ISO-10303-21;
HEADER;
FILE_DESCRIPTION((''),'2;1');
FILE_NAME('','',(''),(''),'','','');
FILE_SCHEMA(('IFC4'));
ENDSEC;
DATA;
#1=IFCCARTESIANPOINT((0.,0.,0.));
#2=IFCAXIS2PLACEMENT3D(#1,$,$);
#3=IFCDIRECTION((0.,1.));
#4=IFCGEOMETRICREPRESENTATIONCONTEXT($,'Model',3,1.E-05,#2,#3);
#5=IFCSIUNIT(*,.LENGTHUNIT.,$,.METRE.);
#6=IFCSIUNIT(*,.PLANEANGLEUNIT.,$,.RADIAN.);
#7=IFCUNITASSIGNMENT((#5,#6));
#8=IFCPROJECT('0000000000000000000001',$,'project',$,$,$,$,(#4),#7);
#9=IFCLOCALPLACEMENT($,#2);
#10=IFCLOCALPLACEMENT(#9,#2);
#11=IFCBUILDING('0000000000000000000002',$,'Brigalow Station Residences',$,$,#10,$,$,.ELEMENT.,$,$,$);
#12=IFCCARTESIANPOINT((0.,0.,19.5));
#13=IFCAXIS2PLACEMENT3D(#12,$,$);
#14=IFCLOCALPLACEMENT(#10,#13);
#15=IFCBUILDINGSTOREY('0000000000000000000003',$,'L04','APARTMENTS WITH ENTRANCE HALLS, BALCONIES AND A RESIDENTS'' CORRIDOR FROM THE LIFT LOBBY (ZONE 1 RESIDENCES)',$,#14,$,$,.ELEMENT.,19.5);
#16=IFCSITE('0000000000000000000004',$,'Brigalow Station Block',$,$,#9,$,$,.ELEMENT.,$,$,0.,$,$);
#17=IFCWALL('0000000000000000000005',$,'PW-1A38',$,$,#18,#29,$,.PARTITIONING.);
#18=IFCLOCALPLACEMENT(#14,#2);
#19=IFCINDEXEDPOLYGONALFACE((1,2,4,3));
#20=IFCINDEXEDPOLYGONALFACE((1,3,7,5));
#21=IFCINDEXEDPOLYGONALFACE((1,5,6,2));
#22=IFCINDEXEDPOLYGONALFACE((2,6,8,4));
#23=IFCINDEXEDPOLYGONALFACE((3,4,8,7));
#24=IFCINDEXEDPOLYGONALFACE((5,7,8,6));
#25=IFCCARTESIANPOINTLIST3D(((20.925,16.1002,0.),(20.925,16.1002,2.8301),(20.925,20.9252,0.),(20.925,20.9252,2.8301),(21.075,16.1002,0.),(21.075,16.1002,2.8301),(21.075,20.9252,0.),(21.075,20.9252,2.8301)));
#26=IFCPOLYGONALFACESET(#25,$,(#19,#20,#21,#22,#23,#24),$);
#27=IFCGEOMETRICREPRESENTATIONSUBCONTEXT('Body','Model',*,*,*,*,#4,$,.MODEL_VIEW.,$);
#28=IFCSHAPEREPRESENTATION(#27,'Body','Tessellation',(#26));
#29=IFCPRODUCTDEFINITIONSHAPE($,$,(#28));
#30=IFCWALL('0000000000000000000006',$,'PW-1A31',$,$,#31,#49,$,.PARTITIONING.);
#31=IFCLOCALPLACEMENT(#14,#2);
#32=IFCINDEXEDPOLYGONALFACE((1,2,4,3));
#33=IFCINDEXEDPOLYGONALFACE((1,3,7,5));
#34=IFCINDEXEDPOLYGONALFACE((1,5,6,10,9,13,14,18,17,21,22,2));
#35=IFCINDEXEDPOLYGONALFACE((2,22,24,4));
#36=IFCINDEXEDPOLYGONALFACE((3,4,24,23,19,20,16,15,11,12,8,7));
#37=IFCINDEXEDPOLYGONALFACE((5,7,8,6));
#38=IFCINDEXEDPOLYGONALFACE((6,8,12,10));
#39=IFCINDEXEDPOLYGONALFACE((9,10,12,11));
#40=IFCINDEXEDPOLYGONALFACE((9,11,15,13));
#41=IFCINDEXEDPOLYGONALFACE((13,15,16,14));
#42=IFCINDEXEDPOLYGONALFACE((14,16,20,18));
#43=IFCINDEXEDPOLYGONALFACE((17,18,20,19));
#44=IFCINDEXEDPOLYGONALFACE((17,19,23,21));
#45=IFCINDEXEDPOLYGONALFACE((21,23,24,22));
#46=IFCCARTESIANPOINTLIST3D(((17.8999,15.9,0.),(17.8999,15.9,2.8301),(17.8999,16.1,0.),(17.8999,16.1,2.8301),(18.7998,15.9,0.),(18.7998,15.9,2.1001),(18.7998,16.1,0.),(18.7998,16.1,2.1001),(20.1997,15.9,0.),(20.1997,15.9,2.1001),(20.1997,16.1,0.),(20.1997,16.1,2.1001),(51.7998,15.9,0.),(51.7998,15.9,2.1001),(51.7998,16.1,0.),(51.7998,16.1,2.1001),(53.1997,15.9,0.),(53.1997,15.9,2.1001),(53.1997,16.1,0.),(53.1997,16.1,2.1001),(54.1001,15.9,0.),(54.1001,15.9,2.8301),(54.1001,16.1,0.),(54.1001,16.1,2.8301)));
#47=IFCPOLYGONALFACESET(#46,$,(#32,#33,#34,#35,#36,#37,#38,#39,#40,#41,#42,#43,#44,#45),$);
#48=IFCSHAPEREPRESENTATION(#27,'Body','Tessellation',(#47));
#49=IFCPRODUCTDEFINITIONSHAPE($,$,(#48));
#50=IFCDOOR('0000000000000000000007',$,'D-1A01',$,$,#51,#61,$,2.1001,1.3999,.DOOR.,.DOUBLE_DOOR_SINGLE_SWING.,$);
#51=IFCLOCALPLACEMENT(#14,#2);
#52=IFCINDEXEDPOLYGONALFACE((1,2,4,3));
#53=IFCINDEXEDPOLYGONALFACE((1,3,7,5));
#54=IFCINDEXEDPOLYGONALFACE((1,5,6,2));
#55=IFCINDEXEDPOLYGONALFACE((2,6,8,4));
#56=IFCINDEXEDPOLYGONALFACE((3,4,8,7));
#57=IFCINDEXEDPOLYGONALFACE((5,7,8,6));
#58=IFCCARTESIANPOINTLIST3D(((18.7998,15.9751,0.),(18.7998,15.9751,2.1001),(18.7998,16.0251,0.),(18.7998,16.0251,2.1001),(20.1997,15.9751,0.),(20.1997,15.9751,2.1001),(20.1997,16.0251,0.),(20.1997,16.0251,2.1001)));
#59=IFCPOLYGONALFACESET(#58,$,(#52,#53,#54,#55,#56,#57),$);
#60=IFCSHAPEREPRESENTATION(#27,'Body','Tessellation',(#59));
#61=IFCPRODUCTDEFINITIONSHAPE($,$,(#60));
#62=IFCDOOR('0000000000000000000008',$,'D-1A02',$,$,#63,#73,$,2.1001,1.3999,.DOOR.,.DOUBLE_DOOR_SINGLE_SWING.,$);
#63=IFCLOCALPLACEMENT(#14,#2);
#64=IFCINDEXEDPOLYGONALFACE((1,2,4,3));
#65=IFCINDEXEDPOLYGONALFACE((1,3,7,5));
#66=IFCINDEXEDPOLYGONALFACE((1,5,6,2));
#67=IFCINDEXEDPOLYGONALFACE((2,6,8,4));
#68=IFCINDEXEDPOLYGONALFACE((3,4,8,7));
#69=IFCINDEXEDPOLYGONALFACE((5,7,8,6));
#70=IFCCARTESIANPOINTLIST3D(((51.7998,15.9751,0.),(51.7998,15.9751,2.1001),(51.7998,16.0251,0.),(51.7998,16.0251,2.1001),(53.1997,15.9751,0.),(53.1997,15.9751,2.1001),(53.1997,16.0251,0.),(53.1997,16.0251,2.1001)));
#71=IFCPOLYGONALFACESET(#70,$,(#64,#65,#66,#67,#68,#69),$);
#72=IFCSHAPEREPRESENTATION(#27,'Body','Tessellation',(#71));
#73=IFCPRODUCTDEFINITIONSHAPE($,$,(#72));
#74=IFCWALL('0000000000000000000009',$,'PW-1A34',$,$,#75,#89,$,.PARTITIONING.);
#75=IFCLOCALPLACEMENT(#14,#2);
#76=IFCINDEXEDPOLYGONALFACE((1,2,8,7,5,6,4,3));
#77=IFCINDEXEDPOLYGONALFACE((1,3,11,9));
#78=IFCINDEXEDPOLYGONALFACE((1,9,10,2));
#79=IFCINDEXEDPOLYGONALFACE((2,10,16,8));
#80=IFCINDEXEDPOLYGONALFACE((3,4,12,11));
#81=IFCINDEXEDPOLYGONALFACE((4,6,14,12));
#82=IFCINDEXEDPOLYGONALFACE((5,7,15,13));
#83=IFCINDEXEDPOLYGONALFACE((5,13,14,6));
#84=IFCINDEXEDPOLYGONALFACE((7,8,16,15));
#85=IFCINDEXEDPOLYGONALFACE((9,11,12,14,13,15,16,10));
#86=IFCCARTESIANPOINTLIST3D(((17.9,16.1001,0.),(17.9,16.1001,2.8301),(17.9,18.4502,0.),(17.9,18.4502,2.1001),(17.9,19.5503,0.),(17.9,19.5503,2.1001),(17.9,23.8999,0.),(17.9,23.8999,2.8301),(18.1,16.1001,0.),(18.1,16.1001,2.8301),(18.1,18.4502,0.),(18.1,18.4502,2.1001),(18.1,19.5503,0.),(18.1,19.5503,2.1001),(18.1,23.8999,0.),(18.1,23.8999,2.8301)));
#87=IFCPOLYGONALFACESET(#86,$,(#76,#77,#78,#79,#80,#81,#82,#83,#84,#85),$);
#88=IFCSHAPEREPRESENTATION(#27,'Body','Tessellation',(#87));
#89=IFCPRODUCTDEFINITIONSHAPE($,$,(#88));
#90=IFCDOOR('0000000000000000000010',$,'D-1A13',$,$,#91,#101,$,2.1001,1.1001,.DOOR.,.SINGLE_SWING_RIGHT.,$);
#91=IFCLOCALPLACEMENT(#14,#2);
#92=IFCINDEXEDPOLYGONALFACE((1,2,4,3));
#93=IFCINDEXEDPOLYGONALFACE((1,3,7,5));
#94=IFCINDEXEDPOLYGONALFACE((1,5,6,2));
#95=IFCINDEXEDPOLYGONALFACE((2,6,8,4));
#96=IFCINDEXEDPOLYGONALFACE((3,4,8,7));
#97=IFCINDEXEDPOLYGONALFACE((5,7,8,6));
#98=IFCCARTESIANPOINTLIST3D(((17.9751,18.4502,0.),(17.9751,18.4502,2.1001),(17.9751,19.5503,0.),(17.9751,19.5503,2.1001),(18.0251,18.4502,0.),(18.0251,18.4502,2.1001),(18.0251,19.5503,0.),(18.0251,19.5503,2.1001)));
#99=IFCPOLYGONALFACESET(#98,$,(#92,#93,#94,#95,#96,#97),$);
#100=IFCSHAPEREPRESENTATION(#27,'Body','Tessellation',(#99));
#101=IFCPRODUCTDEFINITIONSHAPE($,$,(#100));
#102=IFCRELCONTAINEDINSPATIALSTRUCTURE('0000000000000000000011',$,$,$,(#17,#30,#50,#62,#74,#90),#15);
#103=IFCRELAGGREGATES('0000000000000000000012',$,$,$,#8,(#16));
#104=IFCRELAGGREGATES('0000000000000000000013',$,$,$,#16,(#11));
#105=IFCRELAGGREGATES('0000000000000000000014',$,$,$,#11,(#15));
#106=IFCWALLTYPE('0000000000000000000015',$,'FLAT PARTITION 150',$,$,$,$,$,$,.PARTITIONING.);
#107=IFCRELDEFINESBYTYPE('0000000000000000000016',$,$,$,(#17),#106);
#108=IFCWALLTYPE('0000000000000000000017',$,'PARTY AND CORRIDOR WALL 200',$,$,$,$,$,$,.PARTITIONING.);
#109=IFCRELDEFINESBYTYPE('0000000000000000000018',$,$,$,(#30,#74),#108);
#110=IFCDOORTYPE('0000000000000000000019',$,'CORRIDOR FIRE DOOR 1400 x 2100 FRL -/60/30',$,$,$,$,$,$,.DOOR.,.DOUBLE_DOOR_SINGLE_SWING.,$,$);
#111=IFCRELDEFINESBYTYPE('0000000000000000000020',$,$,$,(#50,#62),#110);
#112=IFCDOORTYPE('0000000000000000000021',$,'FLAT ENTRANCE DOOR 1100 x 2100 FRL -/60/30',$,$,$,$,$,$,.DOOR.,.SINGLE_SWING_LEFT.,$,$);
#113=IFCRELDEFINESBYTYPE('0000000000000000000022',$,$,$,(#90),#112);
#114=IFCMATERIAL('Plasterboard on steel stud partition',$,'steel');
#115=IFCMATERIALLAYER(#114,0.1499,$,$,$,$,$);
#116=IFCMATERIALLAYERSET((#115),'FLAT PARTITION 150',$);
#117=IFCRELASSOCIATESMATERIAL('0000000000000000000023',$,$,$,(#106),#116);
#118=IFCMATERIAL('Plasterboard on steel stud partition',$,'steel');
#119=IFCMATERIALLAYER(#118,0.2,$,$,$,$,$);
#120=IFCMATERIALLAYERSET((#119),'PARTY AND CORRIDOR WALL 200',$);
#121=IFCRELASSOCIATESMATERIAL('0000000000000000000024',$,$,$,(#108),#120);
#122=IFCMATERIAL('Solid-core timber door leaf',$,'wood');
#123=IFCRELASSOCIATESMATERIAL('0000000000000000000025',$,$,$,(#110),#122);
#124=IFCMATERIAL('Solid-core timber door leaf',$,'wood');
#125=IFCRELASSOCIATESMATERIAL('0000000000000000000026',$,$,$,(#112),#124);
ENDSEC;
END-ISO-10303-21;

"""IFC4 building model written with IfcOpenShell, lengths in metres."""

from ifc_helpers import new_model, si_unit, direction, frame, frame_2d, origin, place, context, subcontext, project, spatial, rectangle, extrude, material, layer, layer_set, type_object, element, fill, save


model = new_model("IFC4")

# Units and contexts
model_context = context("Model", 3, precision=1e-05, world=origin(), true_north=direction((0.0, 1.0)))
body_context = subcontext(model_context, "Body", "Model", "MODEL_VIEW")
ifc_project = project(units=[si_unit("LENGTHUNIT", "METRE"), si_unit("PLANEANGLEUNIT", "RADIAN")], contexts=[model_context])

# Site, building, storey
site_placement = place(None, origin())
site = spatial("IfcSite", under=ifc_project, at=site_placement, Name="Brigalow Station Block", CompositionType="ELEMENT", RefElevation=0.0)
building_placement = place(site_placement, origin())
building = spatial("IfcBuilding", under=site, at=building_placement, Name="Brigalow Station Residences", CompositionType="ELEMENT")
storey_placement = place(building_placement, frame((0.0, 0.0, 19.5)))
storey = spatial("IfcBuildingStorey", under=building, at=storey_placement, Name="L04", Description="APARTMENTS WITH ENTRANCE HALLS, BALCONIES AND A RESIDENTS' CORRIDOR FROM THE LIFT LOBBY (ZONE 1 RESIDENCES)", CompositionType="ELEMENT", Elevation=19.5)

# Shared definitions
ifc_material_1 = material(Name="Plasterboard on steel stud partition", Category="steel")
ifc_layer_1 = layer(ifc_material_1, 0.1499)
ifc_layer_set_1 = layer_set([ifc_layer_1], Name="FLAT PARTITION 150")
wall_type_1 = type_object("IfcWallType", Name="FLAT PARTITION 150", PredefinedType="PARTITIONING", material=ifc_layer_set_1)

# Wall
wall_1_placement = place(storey_placement, frame((21.0, 16.1001, 0.0), z_axis=(0.0, 0.0, 1.0), x_axis=(0.0, 1.0, 0.0)))
element("IfcWall", 1, at=wall_1_placement, inside=storey, type_object=wall_type_1, Name="PW-1A38", PredefinedType="PARTITIONING", context=body_context, shape_type="SweptSolid", body=[
    extrude(rectangle(XDim=4.825, YDim=0.1499, at=frame_2d((2.4126, 0.0))), origin(), (0.0, 0.0, 1.0), 2.8301),
])

# Wall, openings, doors
ifc_material_2 = material(Name="Plasterboard on steel stud partition", Category="steel")
ifc_layer_2 = layer(ifc_material_2, 0.2)
ifc_layer_set_2 = layer_set([ifc_layer_2], Name="PARTY AND CORRIDOR WALL 200")
wall_type_2 = type_object("IfcWallType", Name="PARTY AND CORRIDOR WALL 200", PredefinedType="PARTITIONING", material=ifc_layer_set_2)
wall_2_placement = place(storey_placement, frame((17.8999, 16.0, 0.0), z_axis=(0.0, 0.0, 1.0), x_axis=(1.0, 0.0, 0.0)))
wall_2 = element("IfcWall", 2, at=wall_2_placement, inside=storey, type_object=wall_type_2, Name="PW-1A31", PredefinedType="PARTITIONING", context=body_context, shape_type="SweptSolid", body=[
    extrude(rectangle(XDim=36.2002, YDim=0.2, at=frame_2d((18.1001, 0.0))), origin(), (0.0, 0.0, 1.0), 2.8301),
])
opening_1_placement = place(wall_2_placement, frame((0.8999, 0.0, 0.0)))
opening_1 = element("IfcOpeningElement", 3, at=opening_1_placement, cuts=wall_2, PredefinedType="OPENING", context=body_context, shape_type="SweptSolid", body=[
    extrude(rectangle(XDim=1.3999, YDim=2.1001, at=frame_2d((0.7, 1.05))), frame((0.0, 0.1099, 0.0), z_axis=(0.0, -1.0, 0.0), x_axis=(1.0, 0.0, 0.0)), (0.0, 0.0, 1.0), 0.22),
])
opening_2_placement = place(wall_2_placement, frame((33.8999, 0.0, 0.0)))
opening_2 = element("IfcOpeningElement", 4, at=opening_2_placement, cuts=wall_2, PredefinedType="OPENING", context=body_context, shape_type="SweptSolid", body=[
    extrude(rectangle(XDim=1.3999, YDim=2.1001, at=frame_2d((0.7, 1.05))), frame((0.0, 0.1099, 0.0), z_axis=(0.0, -1.0, 0.0), x_axis=(1.0, 0.0, 0.0)), (0.0, 0.0, 1.0), 0.22),
])
ifc_material_3 = material(Name="Solid-core timber door leaf", Category="wood")
door_type_1 = type_object("IfcDoorType", Name="CORRIDOR FIRE DOOR 1400 x 2100 FRL -/60/30", OperationType="DOUBLE_DOOR_SINGLE_SWING", PredefinedType="DOOR", material=ifc_material_3)
door_1_placement = place(opening_1_placement, frame((1.3999, 0.0, 0.0), z_axis=(0.0, 0.0, 1.0), x_axis=(-1.0, 0.0, 0.0)))
door_1 = element("IfcDoor", 5, at=door_1_placement, inside=storey, type_object=door_type_1, Name="D-1A01", OperationType="DOUBLE_DOOR_SINGLE_SWING", OverallHeight=2.1001, OverallWidth=1.3999, PredefinedType="DOOR", context=body_context, shape_type="SweptSolid", body=[
    extrude(rectangle(XDim=1.3999, YDim=2.1001, at=frame_2d((0.7, 1.05))), frame((0.0, 0.0249, 0.0), z_axis=(0.0, -1.0, 0.0), x_axis=(1.0, 0.0, 0.0)), (0.0, 0.0, 1.0), 0.05),
])
fill(opening_1, door_1)
door_2_placement = place(opening_2_placement, frame((1.3999, 0.0, 0.0), z_axis=(0.0, 0.0, 1.0), x_axis=(-1.0, 0.0, 0.0)))
door_2 = element("IfcDoor", 6, at=door_2_placement, inside=storey, type_object=door_type_1, Name="D-1A02", OperationType="DOUBLE_DOOR_SINGLE_SWING", OverallHeight=2.1001, OverallWidth=1.3999, PredefinedType="DOOR", context=body_context, shape_type="SweptSolid", body=[
    extrude(rectangle(XDim=1.3999, YDim=2.1001, at=frame_2d((0.7, 1.05))), frame((0.0, 0.0249, 0.0), z_axis=(0.0, -1.0, 0.0), x_axis=(1.0, 0.0, 0.0)), (0.0, 0.0, 1.0), 0.05),
])
fill(opening_2, door_2)

# Wall, opening, door
wall_3_placement = place(storey_placement, frame((18.0, 16.1001, 0.0), z_axis=(0.0, 0.0, 1.0), x_axis=(0.0, 1.0, 0.0)))
wall_3 = element("IfcWall", 7, at=wall_3_placement, inside=storey, type_object=wall_type_2, Name="PW-1A34", PredefinedType="PARTITIONING", context=body_context, shape_type="SweptSolid", body=[
    extrude(rectangle(XDim=7.7998, YDim=0.2, at=frame_2d((3.8999, 0.0))), origin(), (0.0, 0.0, 1.0), 2.8301),
])
opening_3_placement = place(wall_3_placement, frame((2.3501, 0.0, 0.0)))
opening_3 = element("IfcOpeningElement", 8, at=opening_3_placement, cuts=wall_3, PredefinedType="OPENING", context=body_context, shape_type="SweptSolid", body=[
    extrude(rectangle(XDim=1.1001, YDim=2.1001, at=frame_2d((0.55, 1.05))), frame((0.0, 0.1099, 0.0), z_axis=(0.0, -1.0, 0.0), x_axis=(1.0, 0.0, 0.0)), (0.0, 0.0, 1.0), 0.22),
])
ifc_material_4 = material(Name="Solid-core timber door leaf", Category="wood")
door_type_2 = type_object("IfcDoorType", Name="FLAT ENTRANCE DOOR 1100 x 2100 FRL -/60/30", OperationType="SINGLE_SWING_LEFT", PredefinedType="DOOR", material=ifc_material_4)
door_3_placement = place(opening_3_placement, origin())
door_3 = element("IfcDoor", 9, at=door_3_placement, inside=storey, type_object=door_type_2, Name="D-1A13", OperationType="SINGLE_SWING_RIGHT", OverallHeight=2.1001, OverallWidth=1.1001, PredefinedType="DOOR", context=body_context, shape_type="SweptSolid", body=[
    extrude(rectangle(XDim=1.1001, YDim=2.1001, at=frame_2d((0.55, 1.05))), frame((0.0, 0.0249, 0.0), z_axis=(0.0, -1.0, 0.0), x_axis=(1.0, 0.0, 0.0)), (0.0, 0.0, 1.0), 0.05),
])
fill(opening_3, door_3)

save(model, "model.ifc")
